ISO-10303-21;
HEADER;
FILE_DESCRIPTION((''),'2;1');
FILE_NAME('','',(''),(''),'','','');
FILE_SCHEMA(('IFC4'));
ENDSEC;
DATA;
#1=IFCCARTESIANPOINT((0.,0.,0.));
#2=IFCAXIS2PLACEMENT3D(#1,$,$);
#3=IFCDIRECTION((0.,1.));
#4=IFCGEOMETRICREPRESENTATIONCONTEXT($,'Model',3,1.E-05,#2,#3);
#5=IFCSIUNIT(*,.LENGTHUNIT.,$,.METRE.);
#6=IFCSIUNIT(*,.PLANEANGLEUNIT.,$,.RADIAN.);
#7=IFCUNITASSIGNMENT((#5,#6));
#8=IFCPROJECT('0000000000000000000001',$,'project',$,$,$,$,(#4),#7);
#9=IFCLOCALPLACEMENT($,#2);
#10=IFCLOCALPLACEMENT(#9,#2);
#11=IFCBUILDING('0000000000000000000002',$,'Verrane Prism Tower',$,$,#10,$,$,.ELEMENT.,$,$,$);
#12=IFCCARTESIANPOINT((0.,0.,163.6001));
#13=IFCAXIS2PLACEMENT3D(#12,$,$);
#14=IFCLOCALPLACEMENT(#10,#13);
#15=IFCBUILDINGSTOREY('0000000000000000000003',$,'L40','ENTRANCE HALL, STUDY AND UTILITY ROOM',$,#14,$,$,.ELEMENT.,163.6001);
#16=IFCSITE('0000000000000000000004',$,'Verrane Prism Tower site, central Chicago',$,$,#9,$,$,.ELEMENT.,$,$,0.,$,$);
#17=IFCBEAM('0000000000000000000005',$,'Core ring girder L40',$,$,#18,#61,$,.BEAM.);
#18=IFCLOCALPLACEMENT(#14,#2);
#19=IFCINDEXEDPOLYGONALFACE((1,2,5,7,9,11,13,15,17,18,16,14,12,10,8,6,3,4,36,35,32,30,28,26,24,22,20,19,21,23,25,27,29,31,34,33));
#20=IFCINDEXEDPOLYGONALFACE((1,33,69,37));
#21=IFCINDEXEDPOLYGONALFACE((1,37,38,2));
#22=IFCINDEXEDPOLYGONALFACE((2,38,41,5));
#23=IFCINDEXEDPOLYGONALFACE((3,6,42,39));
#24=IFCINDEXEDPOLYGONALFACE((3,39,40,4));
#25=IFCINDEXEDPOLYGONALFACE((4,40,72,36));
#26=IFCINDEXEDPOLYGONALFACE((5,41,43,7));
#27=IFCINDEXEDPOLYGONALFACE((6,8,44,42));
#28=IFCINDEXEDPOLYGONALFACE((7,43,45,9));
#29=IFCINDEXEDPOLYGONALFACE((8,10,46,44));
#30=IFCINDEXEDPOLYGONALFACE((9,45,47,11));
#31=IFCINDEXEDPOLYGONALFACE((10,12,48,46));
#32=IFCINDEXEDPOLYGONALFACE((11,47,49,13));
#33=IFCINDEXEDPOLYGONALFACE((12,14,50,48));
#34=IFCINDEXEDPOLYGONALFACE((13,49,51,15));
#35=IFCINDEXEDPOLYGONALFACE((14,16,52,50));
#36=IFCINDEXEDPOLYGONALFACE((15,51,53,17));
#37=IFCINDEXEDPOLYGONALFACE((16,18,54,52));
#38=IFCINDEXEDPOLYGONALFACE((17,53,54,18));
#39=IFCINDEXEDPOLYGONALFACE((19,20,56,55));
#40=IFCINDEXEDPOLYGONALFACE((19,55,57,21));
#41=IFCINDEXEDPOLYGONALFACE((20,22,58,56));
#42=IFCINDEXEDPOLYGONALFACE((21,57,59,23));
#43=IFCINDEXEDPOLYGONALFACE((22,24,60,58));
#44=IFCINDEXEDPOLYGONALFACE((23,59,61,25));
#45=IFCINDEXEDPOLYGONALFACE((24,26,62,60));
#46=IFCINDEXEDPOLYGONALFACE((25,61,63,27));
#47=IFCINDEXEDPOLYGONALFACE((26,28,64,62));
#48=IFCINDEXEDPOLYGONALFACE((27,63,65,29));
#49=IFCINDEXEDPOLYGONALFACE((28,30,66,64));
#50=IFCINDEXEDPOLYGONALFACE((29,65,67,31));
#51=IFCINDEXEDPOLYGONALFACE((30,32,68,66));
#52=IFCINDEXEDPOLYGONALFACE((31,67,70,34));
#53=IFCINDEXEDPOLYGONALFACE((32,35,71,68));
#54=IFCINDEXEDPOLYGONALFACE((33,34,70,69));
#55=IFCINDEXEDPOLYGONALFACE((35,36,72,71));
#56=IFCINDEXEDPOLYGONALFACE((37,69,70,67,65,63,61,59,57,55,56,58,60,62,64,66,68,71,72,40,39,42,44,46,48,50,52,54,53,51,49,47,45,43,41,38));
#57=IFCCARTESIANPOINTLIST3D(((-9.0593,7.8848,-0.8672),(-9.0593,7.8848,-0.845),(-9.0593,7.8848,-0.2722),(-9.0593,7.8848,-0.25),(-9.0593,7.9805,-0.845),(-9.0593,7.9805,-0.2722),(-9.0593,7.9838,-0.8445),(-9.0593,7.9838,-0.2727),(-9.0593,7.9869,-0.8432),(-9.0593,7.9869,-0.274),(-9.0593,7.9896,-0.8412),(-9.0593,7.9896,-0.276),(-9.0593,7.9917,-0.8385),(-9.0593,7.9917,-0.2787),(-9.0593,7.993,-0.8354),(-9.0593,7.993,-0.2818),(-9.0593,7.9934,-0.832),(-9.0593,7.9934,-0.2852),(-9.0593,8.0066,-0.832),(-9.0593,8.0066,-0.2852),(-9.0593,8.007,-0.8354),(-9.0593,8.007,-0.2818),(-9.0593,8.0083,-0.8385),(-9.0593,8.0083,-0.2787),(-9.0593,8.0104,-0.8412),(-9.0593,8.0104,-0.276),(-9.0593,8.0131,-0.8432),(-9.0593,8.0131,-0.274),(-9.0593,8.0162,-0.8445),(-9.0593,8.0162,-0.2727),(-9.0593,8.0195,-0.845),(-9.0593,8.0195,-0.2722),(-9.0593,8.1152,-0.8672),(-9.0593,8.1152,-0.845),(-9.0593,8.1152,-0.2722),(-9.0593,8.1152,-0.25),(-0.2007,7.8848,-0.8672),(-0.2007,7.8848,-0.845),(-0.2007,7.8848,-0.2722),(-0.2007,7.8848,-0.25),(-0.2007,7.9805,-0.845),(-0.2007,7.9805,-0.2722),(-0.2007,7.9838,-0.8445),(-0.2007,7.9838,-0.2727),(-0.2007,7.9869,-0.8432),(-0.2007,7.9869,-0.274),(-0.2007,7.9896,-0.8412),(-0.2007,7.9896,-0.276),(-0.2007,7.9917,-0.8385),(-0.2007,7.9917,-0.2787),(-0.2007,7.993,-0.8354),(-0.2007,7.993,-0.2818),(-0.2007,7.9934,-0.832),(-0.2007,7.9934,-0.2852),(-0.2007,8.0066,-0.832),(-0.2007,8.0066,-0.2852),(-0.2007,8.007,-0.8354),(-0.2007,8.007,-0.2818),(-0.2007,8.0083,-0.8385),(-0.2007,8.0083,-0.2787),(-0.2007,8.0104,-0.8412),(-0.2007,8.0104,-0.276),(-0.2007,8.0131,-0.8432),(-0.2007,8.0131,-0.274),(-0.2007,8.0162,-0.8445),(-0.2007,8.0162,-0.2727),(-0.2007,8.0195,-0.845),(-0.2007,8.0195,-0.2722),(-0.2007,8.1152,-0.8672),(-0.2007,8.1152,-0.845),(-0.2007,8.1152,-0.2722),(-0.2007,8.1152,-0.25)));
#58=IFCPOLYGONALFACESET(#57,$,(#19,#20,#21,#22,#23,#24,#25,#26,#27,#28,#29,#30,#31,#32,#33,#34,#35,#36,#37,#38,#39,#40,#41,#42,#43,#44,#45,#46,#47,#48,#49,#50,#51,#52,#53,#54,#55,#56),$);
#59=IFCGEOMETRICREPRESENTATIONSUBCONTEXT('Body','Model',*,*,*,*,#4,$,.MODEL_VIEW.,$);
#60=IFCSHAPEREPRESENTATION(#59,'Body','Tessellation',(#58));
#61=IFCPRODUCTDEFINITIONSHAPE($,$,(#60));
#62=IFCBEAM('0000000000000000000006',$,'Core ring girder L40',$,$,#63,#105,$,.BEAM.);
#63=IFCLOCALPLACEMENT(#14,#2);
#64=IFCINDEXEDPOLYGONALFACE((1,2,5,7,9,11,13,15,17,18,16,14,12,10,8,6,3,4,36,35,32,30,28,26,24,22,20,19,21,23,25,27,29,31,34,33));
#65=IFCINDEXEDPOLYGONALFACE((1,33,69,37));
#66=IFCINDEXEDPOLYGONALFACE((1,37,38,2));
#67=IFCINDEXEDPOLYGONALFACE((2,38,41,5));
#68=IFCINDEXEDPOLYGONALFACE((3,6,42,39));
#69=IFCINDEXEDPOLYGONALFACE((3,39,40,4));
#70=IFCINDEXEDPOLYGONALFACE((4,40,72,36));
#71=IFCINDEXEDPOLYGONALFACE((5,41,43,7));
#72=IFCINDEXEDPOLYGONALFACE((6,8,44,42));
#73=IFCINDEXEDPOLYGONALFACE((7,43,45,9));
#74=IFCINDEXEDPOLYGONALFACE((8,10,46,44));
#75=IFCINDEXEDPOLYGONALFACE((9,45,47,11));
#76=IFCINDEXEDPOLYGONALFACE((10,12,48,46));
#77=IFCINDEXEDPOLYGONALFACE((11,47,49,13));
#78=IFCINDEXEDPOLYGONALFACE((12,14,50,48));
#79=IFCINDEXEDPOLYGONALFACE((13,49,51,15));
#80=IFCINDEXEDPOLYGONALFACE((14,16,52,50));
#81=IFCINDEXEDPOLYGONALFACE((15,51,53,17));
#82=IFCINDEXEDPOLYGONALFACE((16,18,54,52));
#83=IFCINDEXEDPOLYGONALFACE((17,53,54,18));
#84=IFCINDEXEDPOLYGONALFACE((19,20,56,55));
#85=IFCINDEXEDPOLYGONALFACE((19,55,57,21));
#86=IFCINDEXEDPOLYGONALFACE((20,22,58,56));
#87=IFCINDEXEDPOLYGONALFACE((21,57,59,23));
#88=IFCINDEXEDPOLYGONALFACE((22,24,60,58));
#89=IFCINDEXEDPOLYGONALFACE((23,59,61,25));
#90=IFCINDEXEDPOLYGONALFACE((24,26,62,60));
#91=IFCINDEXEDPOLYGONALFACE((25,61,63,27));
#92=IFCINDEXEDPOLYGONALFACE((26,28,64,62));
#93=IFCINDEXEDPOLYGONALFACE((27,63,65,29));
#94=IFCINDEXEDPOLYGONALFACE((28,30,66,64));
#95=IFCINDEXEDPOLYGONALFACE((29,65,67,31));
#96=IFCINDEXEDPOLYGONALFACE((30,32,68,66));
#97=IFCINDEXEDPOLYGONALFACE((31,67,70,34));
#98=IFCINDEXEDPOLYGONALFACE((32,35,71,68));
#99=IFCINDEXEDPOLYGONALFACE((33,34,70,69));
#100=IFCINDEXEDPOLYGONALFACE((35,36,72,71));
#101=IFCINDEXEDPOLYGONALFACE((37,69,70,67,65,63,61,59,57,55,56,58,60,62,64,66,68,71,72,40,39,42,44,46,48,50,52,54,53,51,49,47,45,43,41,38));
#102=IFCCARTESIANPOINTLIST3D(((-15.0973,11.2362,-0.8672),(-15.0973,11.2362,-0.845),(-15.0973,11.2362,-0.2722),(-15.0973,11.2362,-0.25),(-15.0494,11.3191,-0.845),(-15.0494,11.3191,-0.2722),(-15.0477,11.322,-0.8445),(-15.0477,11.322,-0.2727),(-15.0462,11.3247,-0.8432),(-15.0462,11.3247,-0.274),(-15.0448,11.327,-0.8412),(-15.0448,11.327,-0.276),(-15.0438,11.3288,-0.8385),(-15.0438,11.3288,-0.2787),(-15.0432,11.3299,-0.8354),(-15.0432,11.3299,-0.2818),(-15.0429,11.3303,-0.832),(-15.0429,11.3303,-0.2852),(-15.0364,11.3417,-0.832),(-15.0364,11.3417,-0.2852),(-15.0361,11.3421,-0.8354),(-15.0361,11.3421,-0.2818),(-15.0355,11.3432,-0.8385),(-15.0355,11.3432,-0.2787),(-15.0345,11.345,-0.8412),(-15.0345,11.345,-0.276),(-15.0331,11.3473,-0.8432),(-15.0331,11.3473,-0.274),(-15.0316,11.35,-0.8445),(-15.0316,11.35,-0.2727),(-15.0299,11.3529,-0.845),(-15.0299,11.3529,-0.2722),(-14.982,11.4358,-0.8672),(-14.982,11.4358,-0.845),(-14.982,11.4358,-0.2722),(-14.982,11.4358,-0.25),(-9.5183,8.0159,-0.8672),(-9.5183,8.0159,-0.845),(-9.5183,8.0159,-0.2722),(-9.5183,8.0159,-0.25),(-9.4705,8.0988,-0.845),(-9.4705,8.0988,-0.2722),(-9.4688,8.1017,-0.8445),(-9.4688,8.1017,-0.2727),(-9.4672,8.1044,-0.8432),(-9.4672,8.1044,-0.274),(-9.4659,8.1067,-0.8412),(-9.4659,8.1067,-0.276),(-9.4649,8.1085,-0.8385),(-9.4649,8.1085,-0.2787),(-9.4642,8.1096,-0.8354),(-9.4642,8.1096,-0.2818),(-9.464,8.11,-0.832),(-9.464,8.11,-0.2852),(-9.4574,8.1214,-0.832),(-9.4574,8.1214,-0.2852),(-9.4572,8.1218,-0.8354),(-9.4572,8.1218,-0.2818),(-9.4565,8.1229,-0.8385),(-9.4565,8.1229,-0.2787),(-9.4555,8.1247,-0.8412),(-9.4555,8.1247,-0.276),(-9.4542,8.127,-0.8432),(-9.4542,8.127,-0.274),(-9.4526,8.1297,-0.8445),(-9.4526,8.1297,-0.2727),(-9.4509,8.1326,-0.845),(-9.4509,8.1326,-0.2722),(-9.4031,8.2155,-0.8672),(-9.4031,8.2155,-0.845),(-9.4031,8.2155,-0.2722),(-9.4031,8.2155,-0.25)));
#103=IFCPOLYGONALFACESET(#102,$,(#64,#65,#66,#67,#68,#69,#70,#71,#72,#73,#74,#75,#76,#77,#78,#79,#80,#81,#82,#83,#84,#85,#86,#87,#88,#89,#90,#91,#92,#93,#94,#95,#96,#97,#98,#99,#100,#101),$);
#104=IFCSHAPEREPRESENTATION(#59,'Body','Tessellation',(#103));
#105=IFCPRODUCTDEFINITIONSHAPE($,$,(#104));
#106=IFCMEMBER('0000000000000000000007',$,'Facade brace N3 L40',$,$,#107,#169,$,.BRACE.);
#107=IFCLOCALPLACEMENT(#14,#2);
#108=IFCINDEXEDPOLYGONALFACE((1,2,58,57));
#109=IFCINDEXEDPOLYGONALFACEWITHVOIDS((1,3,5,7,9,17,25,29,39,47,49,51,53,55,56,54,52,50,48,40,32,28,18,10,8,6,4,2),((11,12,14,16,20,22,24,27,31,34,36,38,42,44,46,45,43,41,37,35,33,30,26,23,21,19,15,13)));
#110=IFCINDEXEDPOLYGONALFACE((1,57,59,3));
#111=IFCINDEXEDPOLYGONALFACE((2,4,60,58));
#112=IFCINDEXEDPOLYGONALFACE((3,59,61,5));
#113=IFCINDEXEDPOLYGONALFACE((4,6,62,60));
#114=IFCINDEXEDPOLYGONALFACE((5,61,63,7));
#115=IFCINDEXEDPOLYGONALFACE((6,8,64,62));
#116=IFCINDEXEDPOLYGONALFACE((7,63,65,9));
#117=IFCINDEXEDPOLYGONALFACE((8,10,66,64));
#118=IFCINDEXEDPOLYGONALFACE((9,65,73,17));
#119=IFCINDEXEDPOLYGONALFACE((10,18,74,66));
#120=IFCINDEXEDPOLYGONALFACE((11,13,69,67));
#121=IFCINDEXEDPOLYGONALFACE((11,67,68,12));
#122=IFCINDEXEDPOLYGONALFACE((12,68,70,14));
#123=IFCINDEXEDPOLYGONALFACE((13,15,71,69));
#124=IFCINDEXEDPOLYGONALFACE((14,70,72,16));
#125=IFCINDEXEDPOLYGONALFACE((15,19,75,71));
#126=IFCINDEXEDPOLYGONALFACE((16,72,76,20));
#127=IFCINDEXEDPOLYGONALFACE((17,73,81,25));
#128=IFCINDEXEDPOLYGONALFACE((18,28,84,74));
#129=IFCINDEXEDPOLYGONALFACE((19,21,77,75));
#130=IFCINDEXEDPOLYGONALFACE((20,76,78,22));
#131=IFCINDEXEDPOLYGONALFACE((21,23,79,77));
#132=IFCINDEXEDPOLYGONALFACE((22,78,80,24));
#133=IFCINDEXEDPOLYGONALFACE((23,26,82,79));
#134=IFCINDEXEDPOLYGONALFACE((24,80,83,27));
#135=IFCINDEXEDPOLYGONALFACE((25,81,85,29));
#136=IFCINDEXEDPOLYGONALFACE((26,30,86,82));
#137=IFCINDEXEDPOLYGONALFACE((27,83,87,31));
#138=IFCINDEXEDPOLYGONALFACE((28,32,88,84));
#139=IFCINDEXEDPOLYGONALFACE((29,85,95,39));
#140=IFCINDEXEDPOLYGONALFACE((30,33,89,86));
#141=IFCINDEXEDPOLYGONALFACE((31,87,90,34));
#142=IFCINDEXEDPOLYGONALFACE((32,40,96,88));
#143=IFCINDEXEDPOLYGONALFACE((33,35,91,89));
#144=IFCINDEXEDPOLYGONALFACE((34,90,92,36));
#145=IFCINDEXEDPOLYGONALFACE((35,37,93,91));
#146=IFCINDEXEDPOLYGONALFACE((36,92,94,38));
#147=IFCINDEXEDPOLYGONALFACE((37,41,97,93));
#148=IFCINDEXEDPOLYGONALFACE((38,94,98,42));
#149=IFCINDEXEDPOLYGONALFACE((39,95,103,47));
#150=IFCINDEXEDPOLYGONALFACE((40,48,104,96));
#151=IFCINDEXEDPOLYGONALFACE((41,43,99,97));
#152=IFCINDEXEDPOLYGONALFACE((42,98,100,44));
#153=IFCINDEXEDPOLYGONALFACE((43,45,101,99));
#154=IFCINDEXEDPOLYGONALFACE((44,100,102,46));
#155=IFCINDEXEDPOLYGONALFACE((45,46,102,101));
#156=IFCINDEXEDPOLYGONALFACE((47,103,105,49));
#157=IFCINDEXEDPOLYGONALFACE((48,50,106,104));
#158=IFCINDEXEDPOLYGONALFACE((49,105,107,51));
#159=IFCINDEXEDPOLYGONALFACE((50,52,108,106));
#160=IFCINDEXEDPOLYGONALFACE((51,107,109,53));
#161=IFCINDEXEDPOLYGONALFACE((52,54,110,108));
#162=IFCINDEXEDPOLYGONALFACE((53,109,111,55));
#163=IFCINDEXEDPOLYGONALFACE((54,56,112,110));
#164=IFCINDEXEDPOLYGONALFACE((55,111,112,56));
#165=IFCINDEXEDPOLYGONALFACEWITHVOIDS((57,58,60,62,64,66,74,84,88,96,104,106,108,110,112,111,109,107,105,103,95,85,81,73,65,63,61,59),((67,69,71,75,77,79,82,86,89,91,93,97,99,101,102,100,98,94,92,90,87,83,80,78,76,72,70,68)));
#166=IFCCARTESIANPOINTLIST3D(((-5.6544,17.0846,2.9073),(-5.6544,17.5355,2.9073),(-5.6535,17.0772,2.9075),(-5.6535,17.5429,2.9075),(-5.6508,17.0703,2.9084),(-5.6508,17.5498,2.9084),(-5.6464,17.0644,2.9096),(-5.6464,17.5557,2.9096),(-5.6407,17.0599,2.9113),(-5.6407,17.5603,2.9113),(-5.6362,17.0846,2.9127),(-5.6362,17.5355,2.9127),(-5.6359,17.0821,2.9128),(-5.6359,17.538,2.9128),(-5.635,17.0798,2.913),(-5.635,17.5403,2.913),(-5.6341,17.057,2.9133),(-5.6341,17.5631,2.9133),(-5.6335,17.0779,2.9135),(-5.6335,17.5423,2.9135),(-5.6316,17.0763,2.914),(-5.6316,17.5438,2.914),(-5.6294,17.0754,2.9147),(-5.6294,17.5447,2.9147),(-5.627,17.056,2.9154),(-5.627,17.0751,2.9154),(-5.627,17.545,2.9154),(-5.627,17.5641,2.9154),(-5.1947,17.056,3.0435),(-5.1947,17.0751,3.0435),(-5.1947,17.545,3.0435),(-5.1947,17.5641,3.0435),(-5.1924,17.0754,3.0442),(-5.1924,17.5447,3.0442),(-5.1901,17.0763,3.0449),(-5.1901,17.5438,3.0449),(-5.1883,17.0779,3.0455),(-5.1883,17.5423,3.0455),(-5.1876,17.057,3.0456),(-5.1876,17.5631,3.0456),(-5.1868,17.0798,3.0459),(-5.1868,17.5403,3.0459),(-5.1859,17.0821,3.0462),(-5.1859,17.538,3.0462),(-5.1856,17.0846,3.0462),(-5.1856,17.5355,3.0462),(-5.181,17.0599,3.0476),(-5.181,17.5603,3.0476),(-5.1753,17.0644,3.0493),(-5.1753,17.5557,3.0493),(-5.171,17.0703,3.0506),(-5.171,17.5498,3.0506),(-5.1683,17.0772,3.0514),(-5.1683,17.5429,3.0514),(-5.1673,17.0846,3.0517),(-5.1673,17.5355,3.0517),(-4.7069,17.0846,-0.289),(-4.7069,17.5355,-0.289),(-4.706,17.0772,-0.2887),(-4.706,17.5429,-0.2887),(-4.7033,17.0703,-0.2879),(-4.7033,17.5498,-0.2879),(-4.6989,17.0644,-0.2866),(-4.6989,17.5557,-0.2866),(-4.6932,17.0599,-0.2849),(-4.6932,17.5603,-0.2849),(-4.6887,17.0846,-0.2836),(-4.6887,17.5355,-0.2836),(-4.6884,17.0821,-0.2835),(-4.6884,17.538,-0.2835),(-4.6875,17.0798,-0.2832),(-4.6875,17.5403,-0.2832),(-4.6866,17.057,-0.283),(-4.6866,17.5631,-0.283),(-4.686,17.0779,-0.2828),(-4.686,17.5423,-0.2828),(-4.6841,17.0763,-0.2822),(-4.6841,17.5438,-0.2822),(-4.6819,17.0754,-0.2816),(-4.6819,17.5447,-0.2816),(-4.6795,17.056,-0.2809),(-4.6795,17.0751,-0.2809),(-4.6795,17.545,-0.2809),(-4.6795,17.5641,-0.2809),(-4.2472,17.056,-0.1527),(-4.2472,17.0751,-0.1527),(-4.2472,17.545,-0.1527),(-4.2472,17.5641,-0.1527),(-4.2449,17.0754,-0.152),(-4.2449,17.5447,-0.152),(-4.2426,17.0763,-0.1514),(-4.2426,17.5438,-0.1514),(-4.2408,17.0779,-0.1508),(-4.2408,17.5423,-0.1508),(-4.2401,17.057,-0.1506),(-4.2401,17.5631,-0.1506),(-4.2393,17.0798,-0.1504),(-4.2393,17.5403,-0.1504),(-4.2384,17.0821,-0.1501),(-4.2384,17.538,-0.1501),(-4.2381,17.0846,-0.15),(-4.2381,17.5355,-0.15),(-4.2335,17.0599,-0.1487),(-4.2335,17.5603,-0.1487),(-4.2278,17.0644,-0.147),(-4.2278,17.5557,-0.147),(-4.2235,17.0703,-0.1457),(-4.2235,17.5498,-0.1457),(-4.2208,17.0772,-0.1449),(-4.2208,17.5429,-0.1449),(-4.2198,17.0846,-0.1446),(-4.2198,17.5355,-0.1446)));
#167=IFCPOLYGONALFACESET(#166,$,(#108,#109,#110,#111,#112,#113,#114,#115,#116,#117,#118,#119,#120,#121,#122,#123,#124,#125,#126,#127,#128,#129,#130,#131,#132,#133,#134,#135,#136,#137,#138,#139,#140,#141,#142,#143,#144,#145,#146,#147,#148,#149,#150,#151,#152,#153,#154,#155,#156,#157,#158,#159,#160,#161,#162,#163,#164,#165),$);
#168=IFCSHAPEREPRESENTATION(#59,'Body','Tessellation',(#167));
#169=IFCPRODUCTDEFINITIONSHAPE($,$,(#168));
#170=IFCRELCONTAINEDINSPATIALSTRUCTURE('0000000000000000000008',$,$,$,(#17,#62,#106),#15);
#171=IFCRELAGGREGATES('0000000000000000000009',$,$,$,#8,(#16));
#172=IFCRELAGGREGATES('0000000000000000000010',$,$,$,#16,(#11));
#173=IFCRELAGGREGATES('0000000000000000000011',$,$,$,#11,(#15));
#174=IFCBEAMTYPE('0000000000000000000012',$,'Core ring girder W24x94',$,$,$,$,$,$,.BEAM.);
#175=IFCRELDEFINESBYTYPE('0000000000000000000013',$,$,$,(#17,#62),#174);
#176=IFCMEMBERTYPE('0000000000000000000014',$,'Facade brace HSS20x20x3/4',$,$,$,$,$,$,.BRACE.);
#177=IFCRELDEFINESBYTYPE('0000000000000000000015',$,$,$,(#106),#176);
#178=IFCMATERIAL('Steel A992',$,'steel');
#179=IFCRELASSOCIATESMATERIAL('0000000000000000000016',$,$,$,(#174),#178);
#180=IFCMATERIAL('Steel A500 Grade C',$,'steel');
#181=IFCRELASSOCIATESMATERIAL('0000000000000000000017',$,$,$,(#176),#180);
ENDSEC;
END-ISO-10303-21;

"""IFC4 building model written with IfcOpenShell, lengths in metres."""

from ifc_helpers import new_model, si_unit, direction, frame, origin, origin_2d, place, context, subcontext, project, spatial, hollow_rectangle, i_section, extrude, material, material_profile, profile_set, type_object, element, save


model = new_model("IFC4")

# Units and contexts
model_context = context("Model", 3, precision=1e-05, world=origin(), true_north=direction((0.0, 1.0)))
body_context = subcontext(model_context, "Body", "Model", "MODEL_VIEW")
ifc_project = project(units=[si_unit("LENGTHUNIT", "METRE"), si_unit("PLANEANGLEUNIT", "RADIAN")], contexts=[model_context])

# Site, building, storey
site_placement = place(None, origin())
site = spatial("IfcSite", under=ifc_project, at=site_placement, Name="Verrane Prism Tower site, central Chicago", CompositionType="ELEMENT", RefElevation=0.0)
building_placement = place(site_placement, origin())
building = spatial("IfcBuilding", under=site, at=building_placement, Name="Verrane Prism Tower", CompositionType="ELEMENT")
storey_placement = place(building_placement, frame((0.0, 0.0, 163.6001)))
storey = spatial("IfcBuildingStorey", under=building, at=storey_placement, Name="L40", Description="ENTRANCE HALL, STUDY AND UTILITY ROOM", CompositionType="ELEMENT", Elevation=163.6001)

# Beams
ifc_material_1 = material(Name="Steel A992", Category="steel")
ifc_material_profile_1 = material_profile(ifc_material_1, i_section(OverallWidth=0.2305, OverallDepth=0.6172, WebThickness=0.0132, FlangeThickness=0.0222, FilletRadius=0.0129, at=origin_2d()), Name="W24x94")
ifc_profile_set_1 = profile_set([ifc_material_profile_1], Name="Steel A992")
beam_type_1 = type_object("IfcBeamType", Name="Core ring girder W24x94", PredefinedType="BEAM", material=ifc_profile_set_1)
beam_1_placement = place(storey_placement, frame((-0.2007, 8.0, -0.5586), z_axis=(-1.0, 0.0, 0.0), x_axis=(0.0, -1.0, 0.0)))
element("IfcBeam", 1, at=beam_1_placement, inside=storey, type_object=beam_type_1, Name="Core ring girder L40", PredefinedType="BEAM", context=body_context, shape_type="SweptSolid", body=[
    extrude(i_section(OverallWidth=0.2305, OverallDepth=0.6172, WebThickness=0.0132, FlangeThickness=0.0222, FilletRadius=0.0129, at=origin_2d()), origin(), (0.0, 0.0, 1.0), 8.8586),
])
beam_2_placement = place(storey_placement, frame((-9.4607, 8.1157, -0.5586), z_axis=(-0.866075, 0.499914, 0.0), x_axis=(-0.499914, -0.866075, 0.0)))
element("IfcBeam", 2, at=beam_2_placement, inside=storey, type_object=beam_type_1, Name="Core ring girder L40", PredefinedType="BEAM", context=body_context, shape_type="SweptSolid", body=[
    extrude(i_section(OverallWidth=0.2305, OverallDepth=0.6172, WebThickness=0.0132, FlangeThickness=0.0222, FilletRadius=0.0129, at=origin_2d()), origin(), (0.0, 0.0, 1.0), 6.4417),
])

# Member
ifc_material_2 = material(Name="Steel A500 Grade C", Category="steel")
ifc_material_profile_2 = material_profile(ifc_material_2, hollow_rectangle(XDim=0.5081, YDim=0.5081, WallThickness=0.019, InnerFilletRadius=0.0095, OuterFilletRadius=0.0286, at=origin_2d()), Name="HSS20x20x3/4")
ifc_profile_set_2 = profile_set([ifc_material_profile_2], Name="Steel A500 Grade C")
member_type_1 = type_object("IfcMemberType", Name="Facade brace HSS20x20x3/4", PredefinedType="BRACE", material=ifc_profile_set_2)
member_1_placement = place(storey_placement, frame((-4.4634, 17.3101, -0.2168), z_axis=(-0.284215, 0.0, 0.95876), x_axis=(0.0, -1.0, 0.0)))
element("IfcMember", 3, at=member_1_placement, inside=storey, type_object=member_type_1, Name="Facade brace N3 L40", PredefinedType="BRACE", context=body_context, shape_type="SweptSolid", body=[
    extrude(hollow_rectangle(XDim=0.5081, YDim=0.5081, WallThickness=0.019, InnerFilletRadius=0.0095, OuterFilletRadius=0.0286, at=origin_2d()), origin(), (0.0, 0.0, 1.0), 3.3337),
])

save(model, "model.ifc")
